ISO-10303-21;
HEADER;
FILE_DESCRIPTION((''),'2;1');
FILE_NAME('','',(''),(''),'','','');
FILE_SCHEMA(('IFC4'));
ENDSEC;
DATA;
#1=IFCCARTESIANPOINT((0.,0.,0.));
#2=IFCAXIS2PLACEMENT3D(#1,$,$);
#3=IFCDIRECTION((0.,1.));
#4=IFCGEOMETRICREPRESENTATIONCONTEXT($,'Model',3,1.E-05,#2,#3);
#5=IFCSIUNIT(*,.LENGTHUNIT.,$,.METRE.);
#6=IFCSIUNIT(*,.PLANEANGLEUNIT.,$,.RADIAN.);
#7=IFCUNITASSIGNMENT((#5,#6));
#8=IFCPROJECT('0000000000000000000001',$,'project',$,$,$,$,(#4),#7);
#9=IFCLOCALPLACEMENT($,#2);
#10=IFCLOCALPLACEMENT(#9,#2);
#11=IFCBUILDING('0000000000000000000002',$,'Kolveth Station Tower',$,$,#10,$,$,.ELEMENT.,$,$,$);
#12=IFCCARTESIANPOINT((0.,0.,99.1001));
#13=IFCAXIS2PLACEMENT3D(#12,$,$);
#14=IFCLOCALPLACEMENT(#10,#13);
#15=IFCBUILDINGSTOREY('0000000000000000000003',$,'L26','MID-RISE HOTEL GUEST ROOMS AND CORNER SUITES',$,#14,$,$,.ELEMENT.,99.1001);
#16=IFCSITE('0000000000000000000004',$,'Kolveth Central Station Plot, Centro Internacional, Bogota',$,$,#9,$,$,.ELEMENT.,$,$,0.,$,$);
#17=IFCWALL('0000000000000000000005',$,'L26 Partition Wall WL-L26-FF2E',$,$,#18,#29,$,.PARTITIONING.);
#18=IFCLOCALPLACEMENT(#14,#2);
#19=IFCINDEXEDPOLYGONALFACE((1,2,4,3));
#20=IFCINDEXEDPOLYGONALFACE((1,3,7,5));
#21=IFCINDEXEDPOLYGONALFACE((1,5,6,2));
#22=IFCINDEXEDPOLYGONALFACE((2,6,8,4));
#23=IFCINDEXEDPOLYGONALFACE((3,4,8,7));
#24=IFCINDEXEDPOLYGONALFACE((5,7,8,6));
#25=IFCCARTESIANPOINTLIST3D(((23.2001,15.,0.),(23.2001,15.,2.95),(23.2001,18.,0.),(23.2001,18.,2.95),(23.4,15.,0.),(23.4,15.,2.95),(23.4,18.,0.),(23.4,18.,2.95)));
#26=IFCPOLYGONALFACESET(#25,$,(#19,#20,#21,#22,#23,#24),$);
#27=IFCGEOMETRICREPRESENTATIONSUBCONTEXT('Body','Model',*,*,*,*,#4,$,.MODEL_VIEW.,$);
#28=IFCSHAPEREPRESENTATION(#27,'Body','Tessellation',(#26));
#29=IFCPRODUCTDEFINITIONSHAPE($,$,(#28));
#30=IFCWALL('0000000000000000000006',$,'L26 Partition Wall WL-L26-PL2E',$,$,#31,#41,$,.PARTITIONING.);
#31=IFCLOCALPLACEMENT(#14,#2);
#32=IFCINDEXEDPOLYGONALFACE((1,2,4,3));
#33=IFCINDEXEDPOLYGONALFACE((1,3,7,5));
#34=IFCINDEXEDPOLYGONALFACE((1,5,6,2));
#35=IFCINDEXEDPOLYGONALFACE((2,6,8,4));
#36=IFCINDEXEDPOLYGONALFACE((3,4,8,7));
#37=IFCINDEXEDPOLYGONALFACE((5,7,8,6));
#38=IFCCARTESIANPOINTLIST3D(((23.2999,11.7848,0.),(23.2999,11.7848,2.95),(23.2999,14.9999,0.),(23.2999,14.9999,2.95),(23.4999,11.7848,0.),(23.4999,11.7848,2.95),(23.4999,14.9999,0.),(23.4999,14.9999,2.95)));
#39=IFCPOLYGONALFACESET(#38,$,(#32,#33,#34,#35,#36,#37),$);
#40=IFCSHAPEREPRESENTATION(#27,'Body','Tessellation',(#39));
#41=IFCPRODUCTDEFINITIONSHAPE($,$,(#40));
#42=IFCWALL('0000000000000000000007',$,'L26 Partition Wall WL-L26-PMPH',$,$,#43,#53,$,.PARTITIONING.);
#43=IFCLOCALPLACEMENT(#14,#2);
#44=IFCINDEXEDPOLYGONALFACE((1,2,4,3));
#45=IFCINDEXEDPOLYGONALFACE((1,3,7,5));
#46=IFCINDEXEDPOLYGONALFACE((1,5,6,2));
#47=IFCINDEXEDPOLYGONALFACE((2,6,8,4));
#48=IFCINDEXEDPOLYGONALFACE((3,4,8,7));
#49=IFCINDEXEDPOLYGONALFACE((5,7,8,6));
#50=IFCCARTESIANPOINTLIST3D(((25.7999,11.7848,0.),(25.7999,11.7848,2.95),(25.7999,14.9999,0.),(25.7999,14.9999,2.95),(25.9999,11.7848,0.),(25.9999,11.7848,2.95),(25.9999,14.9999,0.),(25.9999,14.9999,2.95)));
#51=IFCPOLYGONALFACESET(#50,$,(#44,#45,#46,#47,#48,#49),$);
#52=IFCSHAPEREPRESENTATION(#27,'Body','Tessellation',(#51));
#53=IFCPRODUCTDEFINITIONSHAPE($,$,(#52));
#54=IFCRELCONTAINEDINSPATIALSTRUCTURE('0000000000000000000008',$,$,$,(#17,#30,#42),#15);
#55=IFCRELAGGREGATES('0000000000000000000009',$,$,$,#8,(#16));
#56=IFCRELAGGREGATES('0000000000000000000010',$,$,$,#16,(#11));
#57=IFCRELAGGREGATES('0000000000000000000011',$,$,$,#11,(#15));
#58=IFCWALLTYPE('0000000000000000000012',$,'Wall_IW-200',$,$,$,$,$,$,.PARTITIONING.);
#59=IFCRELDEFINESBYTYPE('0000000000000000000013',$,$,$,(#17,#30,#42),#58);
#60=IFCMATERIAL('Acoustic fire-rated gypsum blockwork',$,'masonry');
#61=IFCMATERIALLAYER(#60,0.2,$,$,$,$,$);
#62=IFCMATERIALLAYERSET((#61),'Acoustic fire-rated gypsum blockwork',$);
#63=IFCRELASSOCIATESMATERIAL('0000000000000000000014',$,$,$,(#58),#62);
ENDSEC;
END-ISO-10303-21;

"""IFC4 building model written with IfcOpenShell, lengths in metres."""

from ifc_helpers import new_model, si_unit, direction, frame, frame_2d, origin, place, context, subcontext, project, spatial, rectangle, extrude, material, layer, layer_set, type_object, element, save


model = new_model("IFC4")

# Units and contexts
model_context = context("Model", 3, precision=1e-05, world=origin(), true_north=direction((0.0, 1.0)))
body_context = subcontext(model_context, "Body", "Model", "MODEL_VIEW")
ifc_project = project(units=[si_unit("LENGTHUNIT", "METRE"), si_unit("PLANEANGLEUNIT", "RADIAN")], contexts=[model_context])

# Site, building, storey
site_placement = place(None, origin())
site = spatial("IfcSite", under=ifc_project, at=site_placement, Name="Kolveth Central Station Plot, Centro Internacional, Bogota", CompositionType="ELEMENT", RefElevation=0.0)
building_placement = place(site_placement, origin())
building = spatial("IfcBuilding", under=site, at=building_placement, Name="Kolveth Station Tower", CompositionType="ELEMENT")
storey_placement = place(building_placement, frame((0.0, 0.0, 99.1001)))
storey = spatial("IfcBuildingStorey", under=building, at=storey_placement, Name="L26", Description="MID-RISE HOTEL GUEST ROOMS AND CORNER SUITES", CompositionType="ELEMENT", Elevation=99.1001)

# Walls
ifc_material_1 = material(Name="Acoustic fire-rated gypsum blockwork", Category="masonry")
ifc_layer_1 = layer(ifc_material_1, 0.2)
ifc_layer_set_1 = layer_set([ifc_layer_1], Name="Acoustic fire-rated gypsum blockwork")
wall_type_1 = type_object("IfcWallType", Name="Wall_IW-200", PredefinedType="PARTITIONING", material=ifc_layer_set_1)
wall_1_placement = place(storey_placement, frame((23.3, 15.0, 0.0), z_axis=(0.0, 0.0, 1.0), x_axis=(0.0, 1.0, 0.0)))
element("IfcWall", 1, at=wall_1_placement, inside=storey, type_object=wall_type_1, Name="L26 Partition Wall WL-L26-FF2E", PredefinedType="PARTITIONING", context=body_context, shape_type="SweptSolid", body=[
    extrude(rectangle(XDim=3.0, YDim=0.2, at=frame_2d((1.5, 0.0))), origin(), (0.0, 0.0, 1.0), 2.95),
])
for number, where, z_axis, x_axis, name in (
    (2, (23.3999, 11.7849, 0.0), (0.0, 0.0, 1.0), (0.0, 1.0, 0.0), "L26 Partition Wall WL-L26-PL2E"),
    (3, (25.8999, 11.7849, 0.0), (0.0, 0.0, 1.0), (0.0, 1.0, 0.0), "L26 Partition Wall WL-L26-PMPH"),
):
    element("IfcWall", number, at=place(storey_placement, frame(where, z_axis=z_axis, x_axis=x_axis)), inside=storey, type_object=wall_type_1, Name=name, PredefinedType="PARTITIONING", context=body_context, shape_type="SweptSolid", body=[
        extrude(rectangle(XDim=3.2151, YDim=0.2, at=frame_2d((1.6074, 0.0))), origin(), (0.0, 0.0, 1.0), 2.95),
    ])

save(model, "model.ifc")
